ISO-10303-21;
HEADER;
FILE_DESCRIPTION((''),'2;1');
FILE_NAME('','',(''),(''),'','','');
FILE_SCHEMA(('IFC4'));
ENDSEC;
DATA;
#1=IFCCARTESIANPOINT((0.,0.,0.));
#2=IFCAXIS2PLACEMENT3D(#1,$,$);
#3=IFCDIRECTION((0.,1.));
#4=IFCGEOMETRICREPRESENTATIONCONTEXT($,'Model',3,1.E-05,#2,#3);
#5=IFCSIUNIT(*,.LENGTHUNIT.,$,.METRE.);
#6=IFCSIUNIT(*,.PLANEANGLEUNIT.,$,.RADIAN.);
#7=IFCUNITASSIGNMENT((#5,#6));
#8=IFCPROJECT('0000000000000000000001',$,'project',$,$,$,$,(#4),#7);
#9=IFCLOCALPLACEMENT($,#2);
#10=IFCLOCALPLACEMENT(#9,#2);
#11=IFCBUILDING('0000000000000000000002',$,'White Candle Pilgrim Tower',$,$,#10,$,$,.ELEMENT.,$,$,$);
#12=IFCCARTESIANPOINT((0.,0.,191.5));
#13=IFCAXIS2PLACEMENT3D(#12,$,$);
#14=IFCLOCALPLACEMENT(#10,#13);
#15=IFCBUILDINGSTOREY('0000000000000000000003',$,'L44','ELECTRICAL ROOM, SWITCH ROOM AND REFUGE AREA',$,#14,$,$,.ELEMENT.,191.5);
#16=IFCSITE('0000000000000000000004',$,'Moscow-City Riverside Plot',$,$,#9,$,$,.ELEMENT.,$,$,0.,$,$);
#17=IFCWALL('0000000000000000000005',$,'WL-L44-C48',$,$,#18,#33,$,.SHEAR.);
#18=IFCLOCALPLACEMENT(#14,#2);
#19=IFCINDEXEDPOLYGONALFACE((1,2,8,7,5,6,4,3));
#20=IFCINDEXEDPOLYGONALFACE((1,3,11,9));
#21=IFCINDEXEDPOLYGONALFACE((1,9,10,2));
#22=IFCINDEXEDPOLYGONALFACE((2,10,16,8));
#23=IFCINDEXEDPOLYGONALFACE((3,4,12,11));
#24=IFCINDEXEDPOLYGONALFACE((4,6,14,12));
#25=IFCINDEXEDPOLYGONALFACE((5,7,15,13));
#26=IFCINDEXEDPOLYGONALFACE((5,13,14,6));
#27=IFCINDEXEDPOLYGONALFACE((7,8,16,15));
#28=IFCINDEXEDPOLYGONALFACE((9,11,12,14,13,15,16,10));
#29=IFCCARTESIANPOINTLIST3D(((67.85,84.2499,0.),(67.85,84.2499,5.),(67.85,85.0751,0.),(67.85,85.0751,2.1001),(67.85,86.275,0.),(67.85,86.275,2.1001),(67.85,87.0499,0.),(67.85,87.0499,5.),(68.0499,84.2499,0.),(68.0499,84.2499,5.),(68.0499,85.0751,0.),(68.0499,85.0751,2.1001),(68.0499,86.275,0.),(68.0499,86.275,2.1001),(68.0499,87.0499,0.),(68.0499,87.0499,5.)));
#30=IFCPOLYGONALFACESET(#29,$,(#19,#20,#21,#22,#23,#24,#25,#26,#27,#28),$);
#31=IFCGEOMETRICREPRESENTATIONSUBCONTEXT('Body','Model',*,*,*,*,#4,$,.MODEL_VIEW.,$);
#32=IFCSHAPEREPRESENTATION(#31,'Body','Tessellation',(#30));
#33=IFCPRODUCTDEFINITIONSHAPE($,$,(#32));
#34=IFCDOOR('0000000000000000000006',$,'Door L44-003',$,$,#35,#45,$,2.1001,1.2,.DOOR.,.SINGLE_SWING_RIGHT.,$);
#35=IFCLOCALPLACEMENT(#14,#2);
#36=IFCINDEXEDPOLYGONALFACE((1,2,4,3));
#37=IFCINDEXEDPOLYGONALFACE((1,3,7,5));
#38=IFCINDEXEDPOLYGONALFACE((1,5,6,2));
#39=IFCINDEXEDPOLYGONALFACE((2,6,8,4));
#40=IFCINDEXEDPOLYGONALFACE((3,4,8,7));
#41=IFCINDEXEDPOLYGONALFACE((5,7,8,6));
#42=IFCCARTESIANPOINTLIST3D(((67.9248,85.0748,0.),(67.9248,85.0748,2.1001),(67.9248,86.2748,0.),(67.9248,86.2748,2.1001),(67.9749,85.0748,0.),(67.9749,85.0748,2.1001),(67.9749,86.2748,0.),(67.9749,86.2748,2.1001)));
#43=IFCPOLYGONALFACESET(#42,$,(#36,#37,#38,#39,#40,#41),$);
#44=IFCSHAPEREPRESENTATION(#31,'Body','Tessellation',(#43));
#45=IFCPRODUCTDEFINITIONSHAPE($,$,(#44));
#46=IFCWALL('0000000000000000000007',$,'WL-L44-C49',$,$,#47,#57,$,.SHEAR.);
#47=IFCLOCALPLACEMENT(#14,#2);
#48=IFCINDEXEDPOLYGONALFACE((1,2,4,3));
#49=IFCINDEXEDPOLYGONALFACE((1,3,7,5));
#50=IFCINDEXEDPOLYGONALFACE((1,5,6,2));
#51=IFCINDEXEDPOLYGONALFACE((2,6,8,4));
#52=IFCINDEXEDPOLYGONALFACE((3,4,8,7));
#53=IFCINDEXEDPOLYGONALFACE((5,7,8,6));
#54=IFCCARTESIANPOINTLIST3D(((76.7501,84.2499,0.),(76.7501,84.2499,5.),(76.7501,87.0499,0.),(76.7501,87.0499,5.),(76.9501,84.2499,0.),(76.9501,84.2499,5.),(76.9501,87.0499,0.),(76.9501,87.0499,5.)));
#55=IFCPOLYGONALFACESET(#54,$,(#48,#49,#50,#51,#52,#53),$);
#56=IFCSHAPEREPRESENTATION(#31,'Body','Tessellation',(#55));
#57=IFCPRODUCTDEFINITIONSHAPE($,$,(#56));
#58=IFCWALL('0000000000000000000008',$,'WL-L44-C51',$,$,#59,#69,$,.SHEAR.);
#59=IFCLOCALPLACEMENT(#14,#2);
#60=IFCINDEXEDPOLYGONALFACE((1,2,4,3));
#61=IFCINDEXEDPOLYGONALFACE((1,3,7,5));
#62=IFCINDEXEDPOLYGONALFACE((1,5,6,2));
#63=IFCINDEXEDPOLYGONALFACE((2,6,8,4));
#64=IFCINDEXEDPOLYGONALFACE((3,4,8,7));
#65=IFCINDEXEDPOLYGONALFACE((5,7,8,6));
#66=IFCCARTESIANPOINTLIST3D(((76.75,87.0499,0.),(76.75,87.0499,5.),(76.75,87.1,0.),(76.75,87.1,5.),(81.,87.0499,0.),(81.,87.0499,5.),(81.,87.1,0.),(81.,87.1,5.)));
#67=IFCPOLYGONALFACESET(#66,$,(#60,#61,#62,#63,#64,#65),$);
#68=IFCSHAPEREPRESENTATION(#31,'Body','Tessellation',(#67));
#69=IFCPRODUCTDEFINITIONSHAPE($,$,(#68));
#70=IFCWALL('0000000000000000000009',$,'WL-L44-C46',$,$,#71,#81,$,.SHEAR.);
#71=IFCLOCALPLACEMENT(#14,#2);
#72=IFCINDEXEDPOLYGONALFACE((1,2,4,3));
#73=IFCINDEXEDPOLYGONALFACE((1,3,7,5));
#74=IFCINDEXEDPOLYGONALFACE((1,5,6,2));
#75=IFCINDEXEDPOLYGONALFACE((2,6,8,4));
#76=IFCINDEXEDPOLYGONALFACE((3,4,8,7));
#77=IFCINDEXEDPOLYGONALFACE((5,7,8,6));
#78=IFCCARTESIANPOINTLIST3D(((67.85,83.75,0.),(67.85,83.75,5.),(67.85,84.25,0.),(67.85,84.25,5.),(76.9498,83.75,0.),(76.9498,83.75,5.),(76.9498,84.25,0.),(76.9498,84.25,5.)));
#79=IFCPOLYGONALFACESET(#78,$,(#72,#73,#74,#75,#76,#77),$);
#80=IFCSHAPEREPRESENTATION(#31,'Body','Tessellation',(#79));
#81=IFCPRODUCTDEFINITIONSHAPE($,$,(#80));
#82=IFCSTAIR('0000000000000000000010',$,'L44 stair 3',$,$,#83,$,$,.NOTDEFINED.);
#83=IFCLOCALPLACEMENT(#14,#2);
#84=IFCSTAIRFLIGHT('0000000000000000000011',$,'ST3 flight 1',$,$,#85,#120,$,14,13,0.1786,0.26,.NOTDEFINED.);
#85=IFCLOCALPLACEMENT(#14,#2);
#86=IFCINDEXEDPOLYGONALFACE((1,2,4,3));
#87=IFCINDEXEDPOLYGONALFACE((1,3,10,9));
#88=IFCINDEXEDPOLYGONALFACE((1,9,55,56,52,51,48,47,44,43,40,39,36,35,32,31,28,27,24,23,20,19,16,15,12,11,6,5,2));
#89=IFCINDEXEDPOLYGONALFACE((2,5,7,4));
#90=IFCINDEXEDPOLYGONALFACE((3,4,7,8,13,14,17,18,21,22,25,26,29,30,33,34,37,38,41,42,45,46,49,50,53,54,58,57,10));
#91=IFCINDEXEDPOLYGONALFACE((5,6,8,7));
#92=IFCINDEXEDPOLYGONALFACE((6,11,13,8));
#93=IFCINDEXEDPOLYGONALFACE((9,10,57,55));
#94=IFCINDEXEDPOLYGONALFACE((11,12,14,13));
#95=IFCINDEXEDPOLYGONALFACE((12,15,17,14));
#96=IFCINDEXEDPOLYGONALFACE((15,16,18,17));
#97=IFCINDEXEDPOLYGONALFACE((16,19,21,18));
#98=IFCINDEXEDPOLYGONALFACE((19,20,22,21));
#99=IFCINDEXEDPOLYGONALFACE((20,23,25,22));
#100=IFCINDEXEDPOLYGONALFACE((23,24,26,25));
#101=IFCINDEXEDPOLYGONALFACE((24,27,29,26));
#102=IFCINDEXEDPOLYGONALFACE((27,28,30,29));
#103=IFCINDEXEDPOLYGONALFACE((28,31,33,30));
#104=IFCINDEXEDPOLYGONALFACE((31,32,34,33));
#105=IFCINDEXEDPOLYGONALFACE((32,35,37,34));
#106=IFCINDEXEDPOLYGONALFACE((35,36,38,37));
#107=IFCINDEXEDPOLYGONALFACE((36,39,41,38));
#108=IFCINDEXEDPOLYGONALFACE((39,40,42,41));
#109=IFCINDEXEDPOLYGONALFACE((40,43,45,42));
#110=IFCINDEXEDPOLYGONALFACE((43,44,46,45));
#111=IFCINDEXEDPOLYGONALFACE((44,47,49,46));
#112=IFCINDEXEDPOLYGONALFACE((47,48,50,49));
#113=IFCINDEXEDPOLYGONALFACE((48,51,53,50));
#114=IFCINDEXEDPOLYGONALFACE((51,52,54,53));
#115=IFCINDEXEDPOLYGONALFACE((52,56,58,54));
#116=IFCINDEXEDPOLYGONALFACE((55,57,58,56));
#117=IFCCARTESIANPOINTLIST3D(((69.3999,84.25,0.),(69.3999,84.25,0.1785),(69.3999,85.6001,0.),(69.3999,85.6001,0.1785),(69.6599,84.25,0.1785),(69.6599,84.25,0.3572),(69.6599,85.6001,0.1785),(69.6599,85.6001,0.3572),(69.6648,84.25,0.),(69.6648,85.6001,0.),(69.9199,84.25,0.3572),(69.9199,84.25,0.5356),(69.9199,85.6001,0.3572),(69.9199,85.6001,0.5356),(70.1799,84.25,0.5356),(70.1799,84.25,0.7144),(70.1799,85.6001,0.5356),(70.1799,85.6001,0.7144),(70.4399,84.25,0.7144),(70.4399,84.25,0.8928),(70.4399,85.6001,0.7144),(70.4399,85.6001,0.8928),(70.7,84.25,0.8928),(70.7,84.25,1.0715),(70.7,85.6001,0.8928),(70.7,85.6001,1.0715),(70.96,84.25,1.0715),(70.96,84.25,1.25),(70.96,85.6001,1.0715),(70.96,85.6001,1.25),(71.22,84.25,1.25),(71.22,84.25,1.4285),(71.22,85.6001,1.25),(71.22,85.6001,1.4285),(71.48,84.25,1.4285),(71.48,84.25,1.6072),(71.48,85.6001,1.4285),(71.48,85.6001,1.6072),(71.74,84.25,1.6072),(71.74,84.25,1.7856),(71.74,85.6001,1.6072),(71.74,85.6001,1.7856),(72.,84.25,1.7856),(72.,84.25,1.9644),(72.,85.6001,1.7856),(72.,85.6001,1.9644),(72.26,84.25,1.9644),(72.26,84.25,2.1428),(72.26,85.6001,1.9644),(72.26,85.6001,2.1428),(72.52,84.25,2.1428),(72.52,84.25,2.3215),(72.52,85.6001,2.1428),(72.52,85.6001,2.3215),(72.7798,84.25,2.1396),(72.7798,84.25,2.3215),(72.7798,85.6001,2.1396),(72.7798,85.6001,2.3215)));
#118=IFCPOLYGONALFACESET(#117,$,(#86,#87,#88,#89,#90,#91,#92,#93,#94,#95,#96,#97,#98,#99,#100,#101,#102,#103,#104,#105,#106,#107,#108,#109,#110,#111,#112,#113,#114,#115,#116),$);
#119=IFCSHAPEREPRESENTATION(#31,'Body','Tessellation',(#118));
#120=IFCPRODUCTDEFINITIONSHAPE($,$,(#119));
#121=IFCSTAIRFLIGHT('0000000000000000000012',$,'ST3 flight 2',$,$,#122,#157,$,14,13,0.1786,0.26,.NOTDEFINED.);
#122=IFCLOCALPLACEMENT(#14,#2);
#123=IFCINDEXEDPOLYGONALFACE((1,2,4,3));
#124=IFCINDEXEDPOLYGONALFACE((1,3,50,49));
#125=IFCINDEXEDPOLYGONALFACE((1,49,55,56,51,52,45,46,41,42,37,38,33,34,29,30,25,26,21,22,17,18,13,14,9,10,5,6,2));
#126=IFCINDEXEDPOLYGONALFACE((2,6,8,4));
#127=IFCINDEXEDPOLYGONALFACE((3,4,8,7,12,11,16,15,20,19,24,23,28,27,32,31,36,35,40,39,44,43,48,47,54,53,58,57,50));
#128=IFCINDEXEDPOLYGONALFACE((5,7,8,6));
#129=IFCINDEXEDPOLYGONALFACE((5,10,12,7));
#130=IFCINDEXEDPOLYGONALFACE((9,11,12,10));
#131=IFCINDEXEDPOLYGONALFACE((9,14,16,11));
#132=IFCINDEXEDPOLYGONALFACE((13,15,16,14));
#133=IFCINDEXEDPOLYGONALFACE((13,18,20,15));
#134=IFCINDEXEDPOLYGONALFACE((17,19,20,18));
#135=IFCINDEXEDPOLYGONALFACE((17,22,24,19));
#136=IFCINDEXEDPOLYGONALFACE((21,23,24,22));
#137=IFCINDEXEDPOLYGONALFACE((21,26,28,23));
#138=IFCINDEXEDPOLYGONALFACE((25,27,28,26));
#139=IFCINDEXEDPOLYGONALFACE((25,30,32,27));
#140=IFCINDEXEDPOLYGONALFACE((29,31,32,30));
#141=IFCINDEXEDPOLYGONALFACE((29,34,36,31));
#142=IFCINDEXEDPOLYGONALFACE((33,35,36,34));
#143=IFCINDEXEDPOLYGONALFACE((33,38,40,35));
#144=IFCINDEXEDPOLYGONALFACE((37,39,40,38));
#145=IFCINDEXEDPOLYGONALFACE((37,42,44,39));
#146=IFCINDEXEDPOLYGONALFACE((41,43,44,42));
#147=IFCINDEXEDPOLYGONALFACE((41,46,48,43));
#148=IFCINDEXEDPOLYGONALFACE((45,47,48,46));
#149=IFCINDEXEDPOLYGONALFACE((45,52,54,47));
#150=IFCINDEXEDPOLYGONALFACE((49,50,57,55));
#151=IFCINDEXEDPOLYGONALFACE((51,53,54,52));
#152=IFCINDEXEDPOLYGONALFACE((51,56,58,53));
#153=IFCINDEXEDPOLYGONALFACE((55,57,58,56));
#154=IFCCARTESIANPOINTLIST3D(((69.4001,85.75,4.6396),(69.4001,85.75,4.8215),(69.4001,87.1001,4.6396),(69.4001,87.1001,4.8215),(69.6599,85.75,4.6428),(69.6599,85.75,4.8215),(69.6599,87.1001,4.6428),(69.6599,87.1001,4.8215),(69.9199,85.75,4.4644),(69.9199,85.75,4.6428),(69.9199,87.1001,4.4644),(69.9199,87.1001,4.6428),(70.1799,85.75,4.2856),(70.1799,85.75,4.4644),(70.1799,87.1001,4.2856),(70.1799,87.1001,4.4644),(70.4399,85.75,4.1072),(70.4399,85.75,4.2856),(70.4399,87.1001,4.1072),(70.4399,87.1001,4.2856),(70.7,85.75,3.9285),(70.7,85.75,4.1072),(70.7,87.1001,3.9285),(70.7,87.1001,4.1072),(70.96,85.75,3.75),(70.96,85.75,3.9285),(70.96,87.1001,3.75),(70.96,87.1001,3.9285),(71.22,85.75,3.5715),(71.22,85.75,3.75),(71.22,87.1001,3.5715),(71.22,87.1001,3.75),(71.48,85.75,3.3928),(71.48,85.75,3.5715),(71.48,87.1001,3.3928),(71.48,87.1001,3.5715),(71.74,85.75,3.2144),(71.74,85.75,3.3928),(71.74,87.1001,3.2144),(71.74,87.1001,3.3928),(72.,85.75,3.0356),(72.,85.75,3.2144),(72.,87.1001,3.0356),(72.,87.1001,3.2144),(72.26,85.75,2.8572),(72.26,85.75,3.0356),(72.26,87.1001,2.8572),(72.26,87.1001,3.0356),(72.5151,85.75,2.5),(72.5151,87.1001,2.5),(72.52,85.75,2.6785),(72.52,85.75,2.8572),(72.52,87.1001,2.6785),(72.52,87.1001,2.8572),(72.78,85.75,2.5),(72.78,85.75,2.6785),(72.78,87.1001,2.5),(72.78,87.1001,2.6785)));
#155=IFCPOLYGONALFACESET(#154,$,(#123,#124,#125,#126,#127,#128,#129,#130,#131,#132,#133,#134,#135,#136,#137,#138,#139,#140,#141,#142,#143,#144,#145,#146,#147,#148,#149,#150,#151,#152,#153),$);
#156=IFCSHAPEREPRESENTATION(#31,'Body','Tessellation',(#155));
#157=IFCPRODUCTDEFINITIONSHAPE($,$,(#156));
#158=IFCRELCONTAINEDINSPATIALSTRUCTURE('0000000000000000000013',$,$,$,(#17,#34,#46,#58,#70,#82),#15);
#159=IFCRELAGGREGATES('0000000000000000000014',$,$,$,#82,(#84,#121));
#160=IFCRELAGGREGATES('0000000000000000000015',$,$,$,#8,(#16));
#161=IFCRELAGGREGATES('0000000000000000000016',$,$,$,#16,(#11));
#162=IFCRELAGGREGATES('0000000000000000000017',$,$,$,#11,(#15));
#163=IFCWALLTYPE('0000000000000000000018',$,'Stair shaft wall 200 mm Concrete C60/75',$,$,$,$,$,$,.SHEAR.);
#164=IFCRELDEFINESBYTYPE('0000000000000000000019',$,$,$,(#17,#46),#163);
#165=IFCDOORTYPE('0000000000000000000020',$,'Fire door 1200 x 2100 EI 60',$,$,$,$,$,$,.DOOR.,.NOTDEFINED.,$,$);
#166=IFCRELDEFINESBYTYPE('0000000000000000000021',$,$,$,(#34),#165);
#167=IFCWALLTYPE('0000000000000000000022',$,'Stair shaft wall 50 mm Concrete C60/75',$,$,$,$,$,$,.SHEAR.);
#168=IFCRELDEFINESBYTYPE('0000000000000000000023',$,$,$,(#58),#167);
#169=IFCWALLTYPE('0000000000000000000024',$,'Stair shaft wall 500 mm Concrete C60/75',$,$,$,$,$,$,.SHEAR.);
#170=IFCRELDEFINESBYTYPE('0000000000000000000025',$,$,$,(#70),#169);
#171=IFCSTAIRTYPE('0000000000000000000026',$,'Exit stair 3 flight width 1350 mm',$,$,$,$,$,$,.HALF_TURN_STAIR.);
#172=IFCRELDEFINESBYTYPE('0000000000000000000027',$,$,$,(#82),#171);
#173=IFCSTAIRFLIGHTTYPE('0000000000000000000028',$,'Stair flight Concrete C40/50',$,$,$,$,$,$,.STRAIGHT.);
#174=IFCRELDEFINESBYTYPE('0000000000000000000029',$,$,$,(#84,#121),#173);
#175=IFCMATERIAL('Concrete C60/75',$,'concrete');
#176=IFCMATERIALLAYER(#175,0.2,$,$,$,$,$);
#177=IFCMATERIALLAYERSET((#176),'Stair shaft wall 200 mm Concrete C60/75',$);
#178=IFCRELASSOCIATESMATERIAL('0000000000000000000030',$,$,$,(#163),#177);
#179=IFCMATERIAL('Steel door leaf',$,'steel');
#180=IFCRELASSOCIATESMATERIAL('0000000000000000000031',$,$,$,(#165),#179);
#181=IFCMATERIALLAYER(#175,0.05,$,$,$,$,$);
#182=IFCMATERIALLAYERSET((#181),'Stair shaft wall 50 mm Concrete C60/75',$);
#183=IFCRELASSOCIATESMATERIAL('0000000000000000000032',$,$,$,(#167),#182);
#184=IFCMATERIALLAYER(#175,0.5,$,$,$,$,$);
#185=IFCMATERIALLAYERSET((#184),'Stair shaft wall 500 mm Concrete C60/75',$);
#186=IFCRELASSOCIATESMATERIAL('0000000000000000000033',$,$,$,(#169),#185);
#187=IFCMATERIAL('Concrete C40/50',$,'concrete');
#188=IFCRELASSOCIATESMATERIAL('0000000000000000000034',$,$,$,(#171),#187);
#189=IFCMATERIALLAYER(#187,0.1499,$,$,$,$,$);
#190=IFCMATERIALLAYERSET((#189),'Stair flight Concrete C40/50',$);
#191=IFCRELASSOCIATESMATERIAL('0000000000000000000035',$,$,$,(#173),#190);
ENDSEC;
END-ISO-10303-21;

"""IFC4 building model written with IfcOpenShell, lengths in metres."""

from ifc_helpers import new_model, si_unit, direction, frame, frame_2d, origin, place, context, subcontext, project, spatial, polyline, rectangle, outline, extrude, material, layer, layer_set, type_object, element, fill, aggregate, save


model = new_model("IFC4")

# Units and contexts
model_context = context("Model", 3, precision=1e-05, world=origin(), true_north=direction((0.0, 1.0)))
body_context = subcontext(model_context, "Body", "Model", "MODEL_VIEW")
ifc_project = project(units=[si_unit("LENGTHUNIT", "METRE"), si_unit("PLANEANGLEUNIT", "RADIAN")], contexts=[model_context])

# Site, building, storey
site_placement = place(None, origin())
site = spatial("IfcSite", under=ifc_project, at=site_placement, Name="Moscow-City Riverside Plot", CompositionType="ELEMENT", RefElevation=0.0)
building_placement = place(site_placement, origin())
building = spatial("IfcBuilding", under=site, at=building_placement, Name="White Candle Pilgrim Tower", CompositionType="ELEMENT")
storey_placement = place(building_placement, frame((0.0, 0.0, 191.5)))
storey = spatial("IfcBuildingStorey", under=building, at=storey_placement, Name="L44", Description="ELECTRICAL ROOM, SWITCH ROOM AND REFUGE AREA", CompositionType="ELEMENT", Elevation=191.5)

# Shared definitions
ifc_material_1 = material(Name="Concrete C60/75", Category="concrete")

# Shared definitions
ifc_layer_1 = layer(ifc_material_1, 0.2)
ifc_layer_set_1 = layer_set([ifc_layer_1], Name="Stair shaft wall 200 mm Concrete C60/75")
wall_type_1 = type_object("IfcWallType", Name="Stair shaft wall 200 mm Concrete C60/75", PredefinedType="SHEAR", material=ifc_layer_set_1)

# Wall, opening, door
wall_1_placement = place(storey_placement, frame((67.95, 84.25, 0.0), z_axis=(0.0, 0.0, 1.0), x_axis=(0.0, 1.0, 0.0)))
wall_1 = element("IfcWall", 1, at=wall_1_placement, inside=storey, type_object=wall_type_1, Name="WL-L44-C48", PredefinedType="SHEAR", context=body_context, shape_type="SweptSolid", body=[
    extrude(rectangle(XDim=2.8, YDim=0.2, at=frame_2d((1.3999, 0.0))), origin(), (0.0, 0.0, 1.0), 5.0),
])
opening_1_placement = place(wall_1_placement, frame((0.825, 0.0, 0.0)))
opening_1 = element("IfcOpeningElement", 2, at=opening_1_placement, cuts=wall_1, PredefinedType="OPENING", context=body_context, shape_type="SweptSolid", body=[
    extrude(rectangle(XDim=1.2, YDim=2.1001, at=frame_2d((0.6001, 1.05))), frame((0.0, 0.1099, 0.0), z_axis=(0.0, -1.0, 0.0), x_axis=(1.0, 0.0, 0.0)), (0.0, 0.0, 1.0), 0.22),
])
ifc_material_2 = material(Name="Steel door leaf", Category="steel")
door_type_1 = type_object("IfcDoorType", Name="Fire door 1200 x 2100 EI 60", OperationType="NOTDEFINED", PredefinedType="DOOR", material=ifc_material_2)
door_1_placement = place(opening_1_placement, frame((1.2, 0.0, 0.0), z_axis=(0.0, 0.0, 1.0), x_axis=(-1.0, 0.0, 0.0)))
door_1 = element("IfcDoor", 3, at=door_1_placement, inside=storey, type_object=door_type_1, Name="Door L44-003", OperationType="SINGLE_SWING_RIGHT", OverallHeight=2.1001, OverallWidth=1.2, PredefinedType="DOOR", context=body_context, shape_type="SweptSolid", body=[
    extrude(rectangle(XDim=1.2, YDim=2.1001, at=frame_2d((0.6001, 1.05))), frame((0.0, 0.0249, 0.0), z_axis=(0.0, -1.0, 0.0), x_axis=(1.0, 0.0, 0.0)), (0.0, 0.0, 1.0), 0.05),
])
fill(opening_1, door_1)

# Walls
wall_2_placement = place(storey_placement, frame((76.8501, 84.25, 0.0), z_axis=(0.0, 0.0, 1.0), x_axis=(0.0, 1.0, 0.0)))
element("IfcWall", 4, at=wall_2_placement, inside=storey, type_object=wall_type_1, Name="WL-L44-C49", PredefinedType="SHEAR", context=body_context, shape_type="SweptSolid", body=[
    extrude(rectangle(XDim=2.8, YDim=0.2, at=frame_2d((1.3999, 0.0))), origin(), (0.0, 0.0, 1.0), 5.0),
])
ifc_layer_2 = layer(ifc_material_1, 0.05)
ifc_layer_set_2 = layer_set([ifc_layer_2], Name="Stair shaft wall 50 mm Concrete C60/75")
wall_type_2 = type_object("IfcWallType", Name="Stair shaft wall 50 mm Concrete C60/75", PredefinedType="SHEAR", material=ifc_layer_set_2)
wall_3_placement = place(storey_placement, frame((76.75, 87.075, 0.0), z_axis=(0.0, 0.0, 1.0), x_axis=(1.0, 0.0, 0.0)))
element("IfcWall", 5, at=wall_3_placement, inside=storey, type_object=wall_type_2, Name="WL-L44-C51", PredefinedType="SHEAR", context=body_context, shape_type="SweptSolid", body=[
    extrude(rectangle(XDim=4.25, YDim=0.05, at=frame_2d((2.125, 0.0))), origin(), (0.0, 0.0, 1.0), 5.0),
])
ifc_layer_3 = layer(ifc_material_1, 0.5)
ifc_layer_set_3 = layer_set([ifc_layer_3], Name="Stair shaft wall 500 mm Concrete C60/75")
wall_type_3 = type_object("IfcWallType", Name="Stair shaft wall 500 mm Concrete C60/75", PredefinedType="SHEAR", material=ifc_layer_set_3)
wall_4_placement = place(storey_placement, frame((67.8501, 84.0, 0.0), z_axis=(0.0, 0.0, 1.0), x_axis=(1.0, 0.0, 0.0)))
element("IfcWall", 6, at=wall_4_placement, inside=storey, type_object=wall_type_3, Name="WL-L44-C46", PredefinedType="SHEAR", context=body_context, shape_type="SweptSolid", body=[
    extrude(rectangle(XDim=9.0999, YDim=0.5, at=frame_2d((4.5498, 0.0))), origin(), (0.0, 0.0, 1.0), 5.0),
])

# Stair, stair flights
ifc_material_3 = material(Name="Concrete C40/50", Category="concrete")
stair_type = type_object("IfcStairType", Name="Exit stair 3 flight width 1350 mm", PredefinedType="HALF_TURN_STAIR", material=ifc_material_3)
stair_placement = place(storey_placement, origin())
stair = element("IfcStair", 7, at=stair_placement, inside=storey, type_object=stair_type, Name="L44 stair 3", PredefinedType="NOTDEFINED")
ifc_layer_4 = layer(ifc_material_3, 0.1499)
ifc_layer_set_4 = layer_set([ifc_layer_4], Name="Stair flight Concrete C40/50")
stair_flight_type = type_object("IfcStairFlightType", Name="Stair flight Concrete C40/50", PredefinedType="STRAIGHT", material=ifc_layer_set_4)
stair_flight_1_placement = place(storey_placement, frame((69.3999, 84.925, 0.0), z_axis=(0.0, 0.0, 1.0), x_axis=(1.0, 0.0, 0.0)))
stair_flight_1 = element("IfcStairFlight", 8, at=stair_flight_1_placement, type_object=stair_flight_type, Name="ST3 flight 1", NumberOfRisers=14, NumberOfTreads=13, PredefinedType="NOTDEFINED", RiserHeight=0.1786, TreadLength=0.26, context=body_context, shape_type="SweptSolid", body=[
    extrude(outline(polyline([(0.0, 0.0), (0.0, 0.1785), (0.26, 0.1785), (0.26, 0.3572), (0.52, 0.3572), (0.52, 0.5356), (0.78, 0.5356), (0.78, 0.7144), (1.04, 0.7144), (1.04, 0.8928), (1.3, 0.8928), (1.3, 1.0715), (1.5601, 1.0715), (1.5601, 1.25), (1.8201, 1.25), (1.8201, 1.4285), (2.0801, 1.4285), (2.0801, 1.6072), (2.3401, 1.6072), (2.3401, 1.7856), (2.6001, 1.7856), (2.6001, 1.9644), (2.8601, 1.9644), (2.8601, 2.1428), (3.1201, 2.1428), (3.1201, 2.3215), (3.3799, 2.3215), (3.3799, 2.5), (3.3799, 2.1396), (0.2649, 0.0), (0.0, 0.0)])), frame((0.0, 0.675, 0.0), z_axis=(0.0, -1.0, 0.0), x_axis=(1.0, 0.0, 0.0)), (0.0, 0.0, 1.0), 1.3501),
])
stair_flight_2_placement = place(storey_placement, frame((72.78, 86.425, 2.5), z_axis=(0.0, 0.0, 1.0), x_axis=(-1.0, 0.0, 0.0)))
stair_flight_2 = element("IfcStairFlight", 9, at=stair_flight_2_placement, type_object=stair_flight_type, Name="ST3 flight 2", NumberOfRisers=14, NumberOfTreads=13, PredefinedType="NOTDEFINED", RiserHeight=0.1786, TreadLength=0.26, context=body_context, shape_type="SweptSolid", body=[
    extrude(outline(polyline([(0.0, 0.0), (0.0, 0.1785), (0.26, 0.1785), (0.26, 0.3572), (0.52, 0.3572), (0.52, 0.5356), (0.78, 0.5356), (0.78, 0.7144), (1.04, 0.7144), (1.04, 0.8928), (1.3, 0.8928), (1.3, 1.0715), (1.5601, 1.0715), (1.5601, 1.25), (1.8201, 1.25), (1.8201, 1.4285), (2.0801, 1.4285), (2.0801, 1.6072), (2.3401, 1.6072), (2.3401, 1.7856), (2.6001, 1.7856), (2.6001, 1.9644), (2.8601, 1.9644), (2.8601, 2.1428), (3.1201, 2.1428), (3.1201, 2.3215), (3.3799, 2.3215), (3.3799, 2.5), (3.3799, 2.1396), (0.2649, 0.0), (0.0, 0.0)])), frame((0.0, 0.675, 0.0), z_axis=(0.0, -1.0, 0.0), x_axis=(1.0, 0.0, 0.0)), (0.0, 0.0, 1.0), 1.3501),
])
aggregate(stair, [stair_flight_1, stair_flight_2])

save(model, "model.ifc")
